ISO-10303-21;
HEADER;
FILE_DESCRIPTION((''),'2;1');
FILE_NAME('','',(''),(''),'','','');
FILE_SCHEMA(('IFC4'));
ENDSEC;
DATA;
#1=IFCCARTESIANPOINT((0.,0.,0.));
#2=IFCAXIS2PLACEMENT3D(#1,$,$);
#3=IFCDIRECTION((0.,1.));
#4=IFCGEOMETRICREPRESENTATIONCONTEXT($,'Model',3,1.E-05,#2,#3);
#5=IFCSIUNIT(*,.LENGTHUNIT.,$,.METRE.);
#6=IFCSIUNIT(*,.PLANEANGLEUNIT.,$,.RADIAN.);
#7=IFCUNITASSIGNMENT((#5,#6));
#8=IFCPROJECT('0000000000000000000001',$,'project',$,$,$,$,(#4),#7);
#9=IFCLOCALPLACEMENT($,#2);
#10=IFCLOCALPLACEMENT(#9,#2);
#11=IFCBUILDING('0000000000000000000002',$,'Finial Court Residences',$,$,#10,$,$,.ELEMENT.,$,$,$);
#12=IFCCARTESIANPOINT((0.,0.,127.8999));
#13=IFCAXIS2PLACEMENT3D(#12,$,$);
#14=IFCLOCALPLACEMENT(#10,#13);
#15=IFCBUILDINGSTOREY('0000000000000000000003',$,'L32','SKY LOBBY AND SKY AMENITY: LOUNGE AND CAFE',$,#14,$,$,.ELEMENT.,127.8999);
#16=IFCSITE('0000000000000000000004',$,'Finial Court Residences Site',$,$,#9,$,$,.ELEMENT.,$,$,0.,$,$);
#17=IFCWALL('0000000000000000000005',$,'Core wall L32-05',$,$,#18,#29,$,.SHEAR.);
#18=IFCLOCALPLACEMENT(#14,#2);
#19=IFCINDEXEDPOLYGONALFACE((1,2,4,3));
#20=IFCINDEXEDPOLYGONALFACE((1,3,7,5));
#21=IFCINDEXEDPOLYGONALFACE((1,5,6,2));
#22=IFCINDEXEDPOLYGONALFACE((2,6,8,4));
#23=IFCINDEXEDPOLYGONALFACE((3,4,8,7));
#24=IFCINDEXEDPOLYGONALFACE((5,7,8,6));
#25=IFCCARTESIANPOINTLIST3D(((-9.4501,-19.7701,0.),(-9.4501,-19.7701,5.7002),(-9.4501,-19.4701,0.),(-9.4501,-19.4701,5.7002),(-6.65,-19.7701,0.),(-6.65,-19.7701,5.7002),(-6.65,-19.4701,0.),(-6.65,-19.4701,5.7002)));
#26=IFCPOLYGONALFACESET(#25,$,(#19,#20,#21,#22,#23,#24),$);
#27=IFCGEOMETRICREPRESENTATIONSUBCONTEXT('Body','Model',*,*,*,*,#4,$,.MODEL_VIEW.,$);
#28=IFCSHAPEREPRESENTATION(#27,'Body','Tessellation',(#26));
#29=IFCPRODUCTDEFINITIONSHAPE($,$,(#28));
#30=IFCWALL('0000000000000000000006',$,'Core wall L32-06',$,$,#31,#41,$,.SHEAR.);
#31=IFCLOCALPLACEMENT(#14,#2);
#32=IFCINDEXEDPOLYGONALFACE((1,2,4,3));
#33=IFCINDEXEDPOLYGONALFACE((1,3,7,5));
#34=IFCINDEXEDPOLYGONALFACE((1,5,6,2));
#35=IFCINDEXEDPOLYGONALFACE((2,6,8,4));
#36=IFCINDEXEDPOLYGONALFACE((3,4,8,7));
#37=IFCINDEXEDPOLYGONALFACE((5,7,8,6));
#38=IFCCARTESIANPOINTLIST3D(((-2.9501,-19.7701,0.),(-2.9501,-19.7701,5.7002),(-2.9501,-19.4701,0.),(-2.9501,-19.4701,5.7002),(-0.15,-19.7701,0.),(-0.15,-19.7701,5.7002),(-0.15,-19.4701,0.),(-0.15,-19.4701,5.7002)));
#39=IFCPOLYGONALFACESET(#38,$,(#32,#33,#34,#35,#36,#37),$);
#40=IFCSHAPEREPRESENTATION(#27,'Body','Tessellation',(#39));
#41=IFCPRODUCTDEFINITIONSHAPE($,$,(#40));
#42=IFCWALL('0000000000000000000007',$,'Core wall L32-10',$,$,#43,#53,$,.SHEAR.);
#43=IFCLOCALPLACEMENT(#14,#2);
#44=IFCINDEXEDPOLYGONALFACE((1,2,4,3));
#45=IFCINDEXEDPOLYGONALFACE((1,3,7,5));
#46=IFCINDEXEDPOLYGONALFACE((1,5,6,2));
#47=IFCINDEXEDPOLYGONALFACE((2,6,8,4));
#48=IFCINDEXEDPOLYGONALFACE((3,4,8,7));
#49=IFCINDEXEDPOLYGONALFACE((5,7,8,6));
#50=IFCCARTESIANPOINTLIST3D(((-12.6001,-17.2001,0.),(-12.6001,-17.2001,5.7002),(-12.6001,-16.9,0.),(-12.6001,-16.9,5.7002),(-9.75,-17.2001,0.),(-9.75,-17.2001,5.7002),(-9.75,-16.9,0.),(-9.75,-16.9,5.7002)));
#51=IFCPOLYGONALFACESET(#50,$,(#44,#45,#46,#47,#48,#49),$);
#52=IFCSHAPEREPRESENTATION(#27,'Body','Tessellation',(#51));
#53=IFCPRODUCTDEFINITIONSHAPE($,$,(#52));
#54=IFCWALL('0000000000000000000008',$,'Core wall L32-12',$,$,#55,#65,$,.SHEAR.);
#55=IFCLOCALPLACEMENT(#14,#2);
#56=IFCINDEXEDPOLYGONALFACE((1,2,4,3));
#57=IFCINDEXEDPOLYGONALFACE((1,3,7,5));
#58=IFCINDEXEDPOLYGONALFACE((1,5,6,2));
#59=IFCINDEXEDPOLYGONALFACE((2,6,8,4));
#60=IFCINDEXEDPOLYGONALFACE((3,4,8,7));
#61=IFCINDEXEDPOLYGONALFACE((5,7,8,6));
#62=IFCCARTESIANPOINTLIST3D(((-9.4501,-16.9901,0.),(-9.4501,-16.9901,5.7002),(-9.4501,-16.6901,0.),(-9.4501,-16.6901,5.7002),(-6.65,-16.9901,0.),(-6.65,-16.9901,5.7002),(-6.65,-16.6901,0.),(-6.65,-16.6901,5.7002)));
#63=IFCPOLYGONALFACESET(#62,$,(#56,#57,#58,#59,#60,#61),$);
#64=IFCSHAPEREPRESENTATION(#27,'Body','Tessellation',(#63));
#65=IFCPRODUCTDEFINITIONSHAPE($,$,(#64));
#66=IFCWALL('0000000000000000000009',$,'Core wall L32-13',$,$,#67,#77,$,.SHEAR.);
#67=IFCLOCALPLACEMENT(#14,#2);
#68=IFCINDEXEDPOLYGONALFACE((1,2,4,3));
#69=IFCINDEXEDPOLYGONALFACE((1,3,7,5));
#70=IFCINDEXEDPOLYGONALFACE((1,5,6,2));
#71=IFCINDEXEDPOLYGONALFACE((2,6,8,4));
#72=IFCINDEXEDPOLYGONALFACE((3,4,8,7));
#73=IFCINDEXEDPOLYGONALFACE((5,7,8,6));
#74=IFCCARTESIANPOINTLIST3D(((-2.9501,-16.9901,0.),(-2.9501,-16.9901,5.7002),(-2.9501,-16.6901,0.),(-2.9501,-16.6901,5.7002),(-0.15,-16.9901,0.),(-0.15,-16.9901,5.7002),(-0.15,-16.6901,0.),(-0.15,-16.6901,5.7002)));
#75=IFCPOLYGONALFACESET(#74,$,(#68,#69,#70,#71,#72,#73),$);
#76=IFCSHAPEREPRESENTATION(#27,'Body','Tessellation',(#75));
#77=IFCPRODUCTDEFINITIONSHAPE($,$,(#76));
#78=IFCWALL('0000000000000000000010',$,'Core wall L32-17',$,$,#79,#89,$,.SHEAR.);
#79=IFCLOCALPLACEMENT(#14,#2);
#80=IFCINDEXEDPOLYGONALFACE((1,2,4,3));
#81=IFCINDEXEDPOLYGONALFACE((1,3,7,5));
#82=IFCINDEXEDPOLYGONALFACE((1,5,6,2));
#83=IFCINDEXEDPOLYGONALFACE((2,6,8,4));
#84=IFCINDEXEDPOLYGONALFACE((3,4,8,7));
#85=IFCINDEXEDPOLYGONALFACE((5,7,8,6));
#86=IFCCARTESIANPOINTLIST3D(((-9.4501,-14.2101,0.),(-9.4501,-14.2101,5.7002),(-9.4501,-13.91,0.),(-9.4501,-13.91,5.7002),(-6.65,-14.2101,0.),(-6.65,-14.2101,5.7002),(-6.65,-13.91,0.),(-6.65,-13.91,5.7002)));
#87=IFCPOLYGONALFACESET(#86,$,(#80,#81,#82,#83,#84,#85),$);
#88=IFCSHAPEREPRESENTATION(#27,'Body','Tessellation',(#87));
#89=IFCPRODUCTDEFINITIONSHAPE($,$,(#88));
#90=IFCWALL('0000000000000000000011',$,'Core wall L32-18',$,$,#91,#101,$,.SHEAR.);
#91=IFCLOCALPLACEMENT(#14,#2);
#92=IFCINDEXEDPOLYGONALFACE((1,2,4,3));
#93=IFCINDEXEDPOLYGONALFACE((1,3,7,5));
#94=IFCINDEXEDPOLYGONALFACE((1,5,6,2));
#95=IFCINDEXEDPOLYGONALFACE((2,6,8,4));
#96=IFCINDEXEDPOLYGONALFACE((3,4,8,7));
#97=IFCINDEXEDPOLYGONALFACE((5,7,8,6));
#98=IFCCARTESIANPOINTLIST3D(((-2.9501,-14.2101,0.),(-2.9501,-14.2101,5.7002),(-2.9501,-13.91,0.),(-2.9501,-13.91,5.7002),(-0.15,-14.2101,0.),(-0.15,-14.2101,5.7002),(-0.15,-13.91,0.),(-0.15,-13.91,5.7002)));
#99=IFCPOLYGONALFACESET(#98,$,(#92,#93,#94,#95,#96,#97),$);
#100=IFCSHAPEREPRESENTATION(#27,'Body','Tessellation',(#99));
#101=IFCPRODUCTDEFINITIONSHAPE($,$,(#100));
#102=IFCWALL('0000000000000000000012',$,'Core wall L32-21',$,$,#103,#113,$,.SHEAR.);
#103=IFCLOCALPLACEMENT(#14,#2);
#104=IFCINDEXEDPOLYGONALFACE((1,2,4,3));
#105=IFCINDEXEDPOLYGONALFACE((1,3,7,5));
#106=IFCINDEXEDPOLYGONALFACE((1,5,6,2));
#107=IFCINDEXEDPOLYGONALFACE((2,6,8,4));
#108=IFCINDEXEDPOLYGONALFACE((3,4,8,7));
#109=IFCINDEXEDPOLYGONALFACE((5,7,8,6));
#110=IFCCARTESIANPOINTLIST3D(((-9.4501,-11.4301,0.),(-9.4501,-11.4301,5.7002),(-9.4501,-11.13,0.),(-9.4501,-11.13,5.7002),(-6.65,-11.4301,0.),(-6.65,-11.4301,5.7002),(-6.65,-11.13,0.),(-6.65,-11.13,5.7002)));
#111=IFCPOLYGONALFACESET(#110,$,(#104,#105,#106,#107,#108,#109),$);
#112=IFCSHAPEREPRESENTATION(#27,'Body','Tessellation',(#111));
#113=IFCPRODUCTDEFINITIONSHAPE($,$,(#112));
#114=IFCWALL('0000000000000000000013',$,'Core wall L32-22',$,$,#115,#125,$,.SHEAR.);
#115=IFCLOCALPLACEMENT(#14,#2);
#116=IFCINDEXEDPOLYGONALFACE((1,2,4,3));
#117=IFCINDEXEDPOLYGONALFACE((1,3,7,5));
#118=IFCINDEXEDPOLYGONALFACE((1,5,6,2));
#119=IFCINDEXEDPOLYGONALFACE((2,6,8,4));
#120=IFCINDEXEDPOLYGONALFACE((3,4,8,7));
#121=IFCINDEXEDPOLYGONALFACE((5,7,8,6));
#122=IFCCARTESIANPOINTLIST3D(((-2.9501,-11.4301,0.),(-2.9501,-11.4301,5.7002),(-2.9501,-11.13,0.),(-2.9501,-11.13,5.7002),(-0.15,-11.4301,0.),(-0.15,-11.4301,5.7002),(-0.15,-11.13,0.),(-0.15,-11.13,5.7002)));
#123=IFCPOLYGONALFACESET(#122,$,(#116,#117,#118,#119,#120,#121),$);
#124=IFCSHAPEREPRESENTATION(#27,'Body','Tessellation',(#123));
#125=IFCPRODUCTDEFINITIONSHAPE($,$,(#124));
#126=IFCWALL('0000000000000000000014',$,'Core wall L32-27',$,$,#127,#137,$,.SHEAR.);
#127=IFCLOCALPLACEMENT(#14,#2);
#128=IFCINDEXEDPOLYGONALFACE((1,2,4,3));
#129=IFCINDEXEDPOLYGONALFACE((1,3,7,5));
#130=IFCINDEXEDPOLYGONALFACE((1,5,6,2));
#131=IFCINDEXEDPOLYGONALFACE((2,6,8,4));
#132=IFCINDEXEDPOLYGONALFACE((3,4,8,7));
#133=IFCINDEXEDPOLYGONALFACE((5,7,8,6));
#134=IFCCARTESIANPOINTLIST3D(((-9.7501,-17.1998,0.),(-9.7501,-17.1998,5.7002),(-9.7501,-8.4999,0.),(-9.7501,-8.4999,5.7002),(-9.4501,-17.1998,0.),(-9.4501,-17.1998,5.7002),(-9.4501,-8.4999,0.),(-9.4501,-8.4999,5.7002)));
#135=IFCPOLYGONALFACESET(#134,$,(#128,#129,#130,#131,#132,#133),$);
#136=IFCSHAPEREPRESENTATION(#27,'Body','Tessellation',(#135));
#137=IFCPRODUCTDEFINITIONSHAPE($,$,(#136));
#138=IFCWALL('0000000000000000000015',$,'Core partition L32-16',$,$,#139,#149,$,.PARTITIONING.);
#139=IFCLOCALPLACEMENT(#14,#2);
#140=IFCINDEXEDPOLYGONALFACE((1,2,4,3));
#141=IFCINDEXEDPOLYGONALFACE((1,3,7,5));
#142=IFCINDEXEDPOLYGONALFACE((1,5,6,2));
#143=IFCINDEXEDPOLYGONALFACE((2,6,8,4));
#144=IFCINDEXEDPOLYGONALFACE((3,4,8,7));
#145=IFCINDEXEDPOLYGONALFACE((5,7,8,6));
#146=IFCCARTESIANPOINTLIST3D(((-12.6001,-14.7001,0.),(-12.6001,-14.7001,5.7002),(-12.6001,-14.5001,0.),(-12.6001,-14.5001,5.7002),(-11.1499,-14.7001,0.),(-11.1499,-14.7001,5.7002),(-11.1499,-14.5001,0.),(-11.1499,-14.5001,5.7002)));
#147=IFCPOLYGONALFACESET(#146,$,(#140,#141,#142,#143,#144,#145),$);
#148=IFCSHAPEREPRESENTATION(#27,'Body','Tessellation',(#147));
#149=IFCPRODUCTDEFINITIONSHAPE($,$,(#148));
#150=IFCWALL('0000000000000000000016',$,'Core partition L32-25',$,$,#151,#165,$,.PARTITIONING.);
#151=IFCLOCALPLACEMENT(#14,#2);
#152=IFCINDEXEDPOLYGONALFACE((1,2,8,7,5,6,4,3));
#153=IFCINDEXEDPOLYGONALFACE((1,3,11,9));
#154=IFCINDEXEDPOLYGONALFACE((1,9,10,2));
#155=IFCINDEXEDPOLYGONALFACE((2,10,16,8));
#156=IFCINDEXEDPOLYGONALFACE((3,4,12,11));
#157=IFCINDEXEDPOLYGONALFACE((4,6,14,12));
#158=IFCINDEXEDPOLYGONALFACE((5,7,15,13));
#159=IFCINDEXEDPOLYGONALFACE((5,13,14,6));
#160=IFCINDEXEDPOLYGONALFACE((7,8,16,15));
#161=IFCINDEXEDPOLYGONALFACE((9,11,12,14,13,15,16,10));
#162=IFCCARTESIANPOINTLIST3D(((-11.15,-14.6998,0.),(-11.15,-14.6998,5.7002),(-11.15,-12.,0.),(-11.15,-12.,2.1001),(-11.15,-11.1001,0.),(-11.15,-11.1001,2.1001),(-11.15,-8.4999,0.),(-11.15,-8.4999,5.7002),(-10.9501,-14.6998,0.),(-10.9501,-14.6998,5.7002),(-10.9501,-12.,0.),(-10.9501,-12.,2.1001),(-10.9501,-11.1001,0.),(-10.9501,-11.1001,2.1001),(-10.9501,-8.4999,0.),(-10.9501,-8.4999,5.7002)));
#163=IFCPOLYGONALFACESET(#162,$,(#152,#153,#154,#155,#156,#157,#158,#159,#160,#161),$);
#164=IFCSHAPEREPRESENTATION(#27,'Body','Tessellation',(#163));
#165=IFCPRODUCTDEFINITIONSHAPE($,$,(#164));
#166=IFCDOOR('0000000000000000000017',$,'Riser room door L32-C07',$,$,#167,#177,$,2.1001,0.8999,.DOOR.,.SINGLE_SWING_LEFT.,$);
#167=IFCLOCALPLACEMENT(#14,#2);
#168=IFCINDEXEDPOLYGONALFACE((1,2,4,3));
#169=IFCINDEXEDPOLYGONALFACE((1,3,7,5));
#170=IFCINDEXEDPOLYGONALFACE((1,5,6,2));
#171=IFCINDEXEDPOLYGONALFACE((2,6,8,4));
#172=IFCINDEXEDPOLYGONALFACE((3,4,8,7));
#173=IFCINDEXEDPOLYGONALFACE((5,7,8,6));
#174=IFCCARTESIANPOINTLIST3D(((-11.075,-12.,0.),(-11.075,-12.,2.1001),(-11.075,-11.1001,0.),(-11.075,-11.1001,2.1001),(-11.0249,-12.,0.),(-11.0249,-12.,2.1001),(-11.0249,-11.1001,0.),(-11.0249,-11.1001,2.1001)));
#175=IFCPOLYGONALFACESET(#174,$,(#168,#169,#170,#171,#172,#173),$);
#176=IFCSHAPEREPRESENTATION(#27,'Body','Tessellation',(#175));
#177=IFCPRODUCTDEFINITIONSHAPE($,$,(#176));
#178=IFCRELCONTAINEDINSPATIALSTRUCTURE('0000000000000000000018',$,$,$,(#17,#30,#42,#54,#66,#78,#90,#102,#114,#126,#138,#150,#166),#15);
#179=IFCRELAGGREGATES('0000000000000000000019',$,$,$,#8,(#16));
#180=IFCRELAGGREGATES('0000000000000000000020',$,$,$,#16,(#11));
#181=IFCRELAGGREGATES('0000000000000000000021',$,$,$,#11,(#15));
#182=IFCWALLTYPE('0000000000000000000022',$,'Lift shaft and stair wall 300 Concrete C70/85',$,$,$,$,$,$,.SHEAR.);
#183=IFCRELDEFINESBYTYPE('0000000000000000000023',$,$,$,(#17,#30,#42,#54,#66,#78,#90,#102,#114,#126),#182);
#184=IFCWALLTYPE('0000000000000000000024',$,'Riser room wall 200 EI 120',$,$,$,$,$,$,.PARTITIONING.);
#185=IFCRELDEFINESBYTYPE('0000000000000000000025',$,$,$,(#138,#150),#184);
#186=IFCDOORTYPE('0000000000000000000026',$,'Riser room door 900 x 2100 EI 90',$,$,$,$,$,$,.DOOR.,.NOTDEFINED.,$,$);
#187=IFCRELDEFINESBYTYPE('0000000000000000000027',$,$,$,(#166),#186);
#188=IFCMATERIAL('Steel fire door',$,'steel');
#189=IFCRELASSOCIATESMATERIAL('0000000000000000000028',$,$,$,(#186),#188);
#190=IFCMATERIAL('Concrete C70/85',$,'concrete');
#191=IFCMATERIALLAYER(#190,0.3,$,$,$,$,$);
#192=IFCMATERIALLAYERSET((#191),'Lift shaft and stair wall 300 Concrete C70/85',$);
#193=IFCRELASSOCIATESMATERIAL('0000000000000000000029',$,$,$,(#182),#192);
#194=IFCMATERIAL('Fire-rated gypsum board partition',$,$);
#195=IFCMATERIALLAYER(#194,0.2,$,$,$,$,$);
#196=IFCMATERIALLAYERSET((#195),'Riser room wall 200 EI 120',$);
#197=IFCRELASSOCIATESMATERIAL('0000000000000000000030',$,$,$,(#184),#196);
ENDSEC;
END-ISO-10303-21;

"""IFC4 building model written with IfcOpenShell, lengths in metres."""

from ifc_helpers import new_model, si_unit, direction, frame, frame_2d, origin, place, context, subcontext, project, spatial, rectangle, extrude, material, layer, layer_set, type_object, element, fill, save


model = new_model("IFC4")

# Units and contexts
model_context = context("Model", 3, precision=1e-05, world=origin(), true_north=direction((0.0, 1.0)))
body_context = subcontext(model_context, "Body", "Model", "MODEL_VIEW")
ifc_project = project(units=[si_unit("LENGTHUNIT", "METRE"), si_unit("PLANEANGLEUNIT", "RADIAN")], contexts=[model_context])

# Site, building, storey
site_placement = place(None, origin())
site = spatial("IfcSite", under=ifc_project, at=site_placement, Name="Finial Court Residences Site", CompositionType="ELEMENT", RefElevation=0.0)
building_placement = place(site_placement, origin())
building = spatial("IfcBuilding", under=site, at=building_placement, Name="Finial Court Residences", CompositionType="ELEMENT")
storey_placement = place(building_placement, frame((0.0, 0.0, 127.8999)))
storey = spatial("IfcBuildingStorey", under=building, at=storey_placement, Name="L32", Description="SKY LOBBY AND SKY AMENITY: LOUNGE AND CAFE", CompositionType="ELEMENT", Elevation=127.8999)

# Shared definitions
ifc_material_1 = material(Name="Concrete C70/85", Category="concrete")

# Shared definitions
ifc_material_2 = material(Name="Steel fire door", Category="steel")
door_type_1 = type_object("IfcDoorType", Name="Riser room door 900 x 2100 EI 90", OperationType="NOTDEFINED", PredefinedType="DOOR", material=ifc_material_2)

# Walls
ifc_layer_1 = layer(ifc_material_1, 0.3)
ifc_layer_set_1 = layer_set([ifc_layer_1], Name="Lift shaft and stair wall 300 Concrete C70/85")
wall_type_1 = type_object("IfcWallType", Name="Lift shaft and stair wall 300 Concrete C70/85", PredefinedType="SHEAR", material=ifc_layer_set_1)
for number, where, z_axis, x_axis, name in (
    (1, (-9.45, -19.6201, 0.0), (0.0, 0.0, 1.0), (1.0, 0.0, 0.0), "Core wall L32-05"),
    (2, (-2.95, -19.6201, 0.0), (0.0, 0.0, 1.0), (1.0, 0.0, 0.0), "Core wall L32-06"),
):
    element("IfcWall", number, at=place(storey_placement, frame(where, z_axis=z_axis, x_axis=x_axis)), inside=storey, type_object=wall_type_1, Name=name, PredefinedType="SHEAR", context=body_context, shape_type="SweptSolid", body=[
        extrude(rectangle(XDim=2.8, YDim=0.3, at=frame_2d((1.3999, 0.0))), origin(), (0.0, 0.0, 1.0), 5.7002),
    ])
wall_1_placement = place(storey_placement, frame((-12.6001, -17.05, 0.0), z_axis=(0.0, 0.0, 1.0), x_axis=(1.0, 0.0, 0.0)))
element("IfcWall", 3, at=wall_1_placement, inside=storey, type_object=wall_type_1, Name="Core wall L32-10", PredefinedType="SHEAR", context=body_context, shape_type="SweptSolid", body=[
    extrude(rectangle(XDim=2.8501, YDim=0.3, at=frame_2d((1.425, 0.0))), origin(), (0.0, 0.0, 1.0), 5.7002),
])
for number, where, z_axis, x_axis, name in (
    (4, (-9.45, -16.8401, 0.0), (0.0, 0.0, 1.0), (1.0, 0.0, 0.0), "Core wall L32-12"),
    (5, (-2.95, -16.8401, 0.0), (0.0, 0.0, 1.0), (1.0, 0.0, 0.0), "Core wall L32-13"),
    (6, (-9.45, -14.0601, 0.0), (0.0, 0.0, 1.0), (1.0, 0.0, 0.0), "Core wall L32-17"),
    (7, (-2.95, -14.0601, 0.0), (0.0, 0.0, 1.0), (1.0, 0.0, 0.0), "Core wall L32-18"),
    (8, (-9.45, -11.28, 0.0), (0.0, 0.0, 1.0), (1.0, 0.0, 0.0), "Core wall L32-21"),
    (9, (-2.95, -11.28, 0.0), (0.0, 0.0, 1.0), (1.0, 0.0, 0.0), "Core wall L32-22"),
):
    element("IfcWall", number, at=place(storey_placement, frame(where, z_axis=z_axis, x_axis=x_axis)), inside=storey, type_object=wall_type_1, Name=name, PredefinedType="SHEAR", context=body_context, shape_type="SweptSolid", body=[
        extrude(rectangle(XDim=2.8, YDim=0.3, at=frame_2d((1.3999, 0.0))), origin(), (0.0, 0.0, 1.0), 5.7002),
    ])
wall_2_placement = place(storey_placement, frame((-9.6001, -17.2, 0.0), z_axis=(0.0, 0.0, 1.0), x_axis=(0.0, 1.0, 0.0)))
element("IfcWall", 10, at=wall_2_placement, inside=storey, type_object=wall_type_1, Name="Core wall L32-27", PredefinedType="SHEAR", context=body_context, shape_type="SweptSolid", body=[
    extrude(rectangle(XDim=8.7, YDim=0.3, at=frame_2d((4.3501, 0.0))), origin(), (0.0, 0.0, 1.0), 5.7002),
])
ifc_material_3 = material(Name="Fire-rated gypsum board partition")
ifc_layer_2 = layer(ifc_material_3, 0.2)
ifc_layer_set_2 = layer_set([ifc_layer_2], Name="Riser room wall 200 EI 120")
wall_type_2 = type_object("IfcWallType", Name="Riser room wall 200 EI 120", PredefinedType="PARTITIONING", material=ifc_layer_set_2)
wall_3_placement = place(storey_placement, frame((-12.6001, -14.6001, 0.0), z_axis=(0.0, 0.0, 1.0), x_axis=(1.0, 0.0, 0.0)))
element("IfcWall", 11, at=wall_3_placement, inside=storey, type_object=wall_type_2, Name="Core partition L32-16", PredefinedType="PARTITIONING", context=body_context, shape_type="SweptSolid", body=[
    extrude(rectangle(XDim=1.4502, YDim=0.2, at=frame_2d((0.7251, 0.0))), origin(), (0.0, 0.0, 1.0), 5.7002),
])

# Wall, opening, door
wall_4_placement = place(storey_placement, frame((-11.05, -14.7, 0.0), z_axis=(0.0, 0.0, 1.0), x_axis=(0.0, 1.0, 0.0)))
wall_4 = element("IfcWall", 12, at=wall_4_placement, inside=storey, type_object=wall_type_2, Name="Core partition L32-25", PredefinedType="PARTITIONING", context=body_context, shape_type="SweptSolid", body=[
    extrude(rectangle(XDim=6.2, YDim=0.2, at=frame_2d((3.1001, 0.0))), origin(), (0.0, 0.0, 1.0), 5.7002),
])
opening_1_placement = place(wall_4_placement, frame((2.7, 0.0, 0.0)))
opening_1 = element("IfcOpeningElement", 13, at=opening_1_placement, cuts=wall_4, PredefinedType="OPENING", context=body_context, shape_type="SweptSolid", body=[
    extrude(rectangle(XDim=0.8999, YDim=2.1001, at=frame_2d((0.45, 1.05))), frame((0.0, 0.1099, 0.0), z_axis=(0.0, -1.0, 0.0), x_axis=(1.0, 0.0, 0.0)), (0.0, 0.0, 1.0), 0.22),
])
door_1_placement = place(opening_1_placement, origin())
door_1 = element("IfcDoor", 14, at=door_1_placement, inside=storey, type_object=door_type_1, Name="Riser room door L32-C07", OperationType="SINGLE_SWING_LEFT", OverallHeight=2.1001, OverallWidth=0.8999, PredefinedType="DOOR", context=body_context, shape_type="SweptSolid", body=[
    extrude(rectangle(XDim=0.8999, YDim=2.1001, at=frame_2d((0.45, 1.05))), frame((0.0, 0.0249, 0.0), z_axis=(0.0, -1.0, 0.0), x_axis=(1.0, 0.0, 0.0)), (0.0, 0.0, 1.0), 0.05),
])
fill(opening_1, door_1)

save(model, "model.ifc")
